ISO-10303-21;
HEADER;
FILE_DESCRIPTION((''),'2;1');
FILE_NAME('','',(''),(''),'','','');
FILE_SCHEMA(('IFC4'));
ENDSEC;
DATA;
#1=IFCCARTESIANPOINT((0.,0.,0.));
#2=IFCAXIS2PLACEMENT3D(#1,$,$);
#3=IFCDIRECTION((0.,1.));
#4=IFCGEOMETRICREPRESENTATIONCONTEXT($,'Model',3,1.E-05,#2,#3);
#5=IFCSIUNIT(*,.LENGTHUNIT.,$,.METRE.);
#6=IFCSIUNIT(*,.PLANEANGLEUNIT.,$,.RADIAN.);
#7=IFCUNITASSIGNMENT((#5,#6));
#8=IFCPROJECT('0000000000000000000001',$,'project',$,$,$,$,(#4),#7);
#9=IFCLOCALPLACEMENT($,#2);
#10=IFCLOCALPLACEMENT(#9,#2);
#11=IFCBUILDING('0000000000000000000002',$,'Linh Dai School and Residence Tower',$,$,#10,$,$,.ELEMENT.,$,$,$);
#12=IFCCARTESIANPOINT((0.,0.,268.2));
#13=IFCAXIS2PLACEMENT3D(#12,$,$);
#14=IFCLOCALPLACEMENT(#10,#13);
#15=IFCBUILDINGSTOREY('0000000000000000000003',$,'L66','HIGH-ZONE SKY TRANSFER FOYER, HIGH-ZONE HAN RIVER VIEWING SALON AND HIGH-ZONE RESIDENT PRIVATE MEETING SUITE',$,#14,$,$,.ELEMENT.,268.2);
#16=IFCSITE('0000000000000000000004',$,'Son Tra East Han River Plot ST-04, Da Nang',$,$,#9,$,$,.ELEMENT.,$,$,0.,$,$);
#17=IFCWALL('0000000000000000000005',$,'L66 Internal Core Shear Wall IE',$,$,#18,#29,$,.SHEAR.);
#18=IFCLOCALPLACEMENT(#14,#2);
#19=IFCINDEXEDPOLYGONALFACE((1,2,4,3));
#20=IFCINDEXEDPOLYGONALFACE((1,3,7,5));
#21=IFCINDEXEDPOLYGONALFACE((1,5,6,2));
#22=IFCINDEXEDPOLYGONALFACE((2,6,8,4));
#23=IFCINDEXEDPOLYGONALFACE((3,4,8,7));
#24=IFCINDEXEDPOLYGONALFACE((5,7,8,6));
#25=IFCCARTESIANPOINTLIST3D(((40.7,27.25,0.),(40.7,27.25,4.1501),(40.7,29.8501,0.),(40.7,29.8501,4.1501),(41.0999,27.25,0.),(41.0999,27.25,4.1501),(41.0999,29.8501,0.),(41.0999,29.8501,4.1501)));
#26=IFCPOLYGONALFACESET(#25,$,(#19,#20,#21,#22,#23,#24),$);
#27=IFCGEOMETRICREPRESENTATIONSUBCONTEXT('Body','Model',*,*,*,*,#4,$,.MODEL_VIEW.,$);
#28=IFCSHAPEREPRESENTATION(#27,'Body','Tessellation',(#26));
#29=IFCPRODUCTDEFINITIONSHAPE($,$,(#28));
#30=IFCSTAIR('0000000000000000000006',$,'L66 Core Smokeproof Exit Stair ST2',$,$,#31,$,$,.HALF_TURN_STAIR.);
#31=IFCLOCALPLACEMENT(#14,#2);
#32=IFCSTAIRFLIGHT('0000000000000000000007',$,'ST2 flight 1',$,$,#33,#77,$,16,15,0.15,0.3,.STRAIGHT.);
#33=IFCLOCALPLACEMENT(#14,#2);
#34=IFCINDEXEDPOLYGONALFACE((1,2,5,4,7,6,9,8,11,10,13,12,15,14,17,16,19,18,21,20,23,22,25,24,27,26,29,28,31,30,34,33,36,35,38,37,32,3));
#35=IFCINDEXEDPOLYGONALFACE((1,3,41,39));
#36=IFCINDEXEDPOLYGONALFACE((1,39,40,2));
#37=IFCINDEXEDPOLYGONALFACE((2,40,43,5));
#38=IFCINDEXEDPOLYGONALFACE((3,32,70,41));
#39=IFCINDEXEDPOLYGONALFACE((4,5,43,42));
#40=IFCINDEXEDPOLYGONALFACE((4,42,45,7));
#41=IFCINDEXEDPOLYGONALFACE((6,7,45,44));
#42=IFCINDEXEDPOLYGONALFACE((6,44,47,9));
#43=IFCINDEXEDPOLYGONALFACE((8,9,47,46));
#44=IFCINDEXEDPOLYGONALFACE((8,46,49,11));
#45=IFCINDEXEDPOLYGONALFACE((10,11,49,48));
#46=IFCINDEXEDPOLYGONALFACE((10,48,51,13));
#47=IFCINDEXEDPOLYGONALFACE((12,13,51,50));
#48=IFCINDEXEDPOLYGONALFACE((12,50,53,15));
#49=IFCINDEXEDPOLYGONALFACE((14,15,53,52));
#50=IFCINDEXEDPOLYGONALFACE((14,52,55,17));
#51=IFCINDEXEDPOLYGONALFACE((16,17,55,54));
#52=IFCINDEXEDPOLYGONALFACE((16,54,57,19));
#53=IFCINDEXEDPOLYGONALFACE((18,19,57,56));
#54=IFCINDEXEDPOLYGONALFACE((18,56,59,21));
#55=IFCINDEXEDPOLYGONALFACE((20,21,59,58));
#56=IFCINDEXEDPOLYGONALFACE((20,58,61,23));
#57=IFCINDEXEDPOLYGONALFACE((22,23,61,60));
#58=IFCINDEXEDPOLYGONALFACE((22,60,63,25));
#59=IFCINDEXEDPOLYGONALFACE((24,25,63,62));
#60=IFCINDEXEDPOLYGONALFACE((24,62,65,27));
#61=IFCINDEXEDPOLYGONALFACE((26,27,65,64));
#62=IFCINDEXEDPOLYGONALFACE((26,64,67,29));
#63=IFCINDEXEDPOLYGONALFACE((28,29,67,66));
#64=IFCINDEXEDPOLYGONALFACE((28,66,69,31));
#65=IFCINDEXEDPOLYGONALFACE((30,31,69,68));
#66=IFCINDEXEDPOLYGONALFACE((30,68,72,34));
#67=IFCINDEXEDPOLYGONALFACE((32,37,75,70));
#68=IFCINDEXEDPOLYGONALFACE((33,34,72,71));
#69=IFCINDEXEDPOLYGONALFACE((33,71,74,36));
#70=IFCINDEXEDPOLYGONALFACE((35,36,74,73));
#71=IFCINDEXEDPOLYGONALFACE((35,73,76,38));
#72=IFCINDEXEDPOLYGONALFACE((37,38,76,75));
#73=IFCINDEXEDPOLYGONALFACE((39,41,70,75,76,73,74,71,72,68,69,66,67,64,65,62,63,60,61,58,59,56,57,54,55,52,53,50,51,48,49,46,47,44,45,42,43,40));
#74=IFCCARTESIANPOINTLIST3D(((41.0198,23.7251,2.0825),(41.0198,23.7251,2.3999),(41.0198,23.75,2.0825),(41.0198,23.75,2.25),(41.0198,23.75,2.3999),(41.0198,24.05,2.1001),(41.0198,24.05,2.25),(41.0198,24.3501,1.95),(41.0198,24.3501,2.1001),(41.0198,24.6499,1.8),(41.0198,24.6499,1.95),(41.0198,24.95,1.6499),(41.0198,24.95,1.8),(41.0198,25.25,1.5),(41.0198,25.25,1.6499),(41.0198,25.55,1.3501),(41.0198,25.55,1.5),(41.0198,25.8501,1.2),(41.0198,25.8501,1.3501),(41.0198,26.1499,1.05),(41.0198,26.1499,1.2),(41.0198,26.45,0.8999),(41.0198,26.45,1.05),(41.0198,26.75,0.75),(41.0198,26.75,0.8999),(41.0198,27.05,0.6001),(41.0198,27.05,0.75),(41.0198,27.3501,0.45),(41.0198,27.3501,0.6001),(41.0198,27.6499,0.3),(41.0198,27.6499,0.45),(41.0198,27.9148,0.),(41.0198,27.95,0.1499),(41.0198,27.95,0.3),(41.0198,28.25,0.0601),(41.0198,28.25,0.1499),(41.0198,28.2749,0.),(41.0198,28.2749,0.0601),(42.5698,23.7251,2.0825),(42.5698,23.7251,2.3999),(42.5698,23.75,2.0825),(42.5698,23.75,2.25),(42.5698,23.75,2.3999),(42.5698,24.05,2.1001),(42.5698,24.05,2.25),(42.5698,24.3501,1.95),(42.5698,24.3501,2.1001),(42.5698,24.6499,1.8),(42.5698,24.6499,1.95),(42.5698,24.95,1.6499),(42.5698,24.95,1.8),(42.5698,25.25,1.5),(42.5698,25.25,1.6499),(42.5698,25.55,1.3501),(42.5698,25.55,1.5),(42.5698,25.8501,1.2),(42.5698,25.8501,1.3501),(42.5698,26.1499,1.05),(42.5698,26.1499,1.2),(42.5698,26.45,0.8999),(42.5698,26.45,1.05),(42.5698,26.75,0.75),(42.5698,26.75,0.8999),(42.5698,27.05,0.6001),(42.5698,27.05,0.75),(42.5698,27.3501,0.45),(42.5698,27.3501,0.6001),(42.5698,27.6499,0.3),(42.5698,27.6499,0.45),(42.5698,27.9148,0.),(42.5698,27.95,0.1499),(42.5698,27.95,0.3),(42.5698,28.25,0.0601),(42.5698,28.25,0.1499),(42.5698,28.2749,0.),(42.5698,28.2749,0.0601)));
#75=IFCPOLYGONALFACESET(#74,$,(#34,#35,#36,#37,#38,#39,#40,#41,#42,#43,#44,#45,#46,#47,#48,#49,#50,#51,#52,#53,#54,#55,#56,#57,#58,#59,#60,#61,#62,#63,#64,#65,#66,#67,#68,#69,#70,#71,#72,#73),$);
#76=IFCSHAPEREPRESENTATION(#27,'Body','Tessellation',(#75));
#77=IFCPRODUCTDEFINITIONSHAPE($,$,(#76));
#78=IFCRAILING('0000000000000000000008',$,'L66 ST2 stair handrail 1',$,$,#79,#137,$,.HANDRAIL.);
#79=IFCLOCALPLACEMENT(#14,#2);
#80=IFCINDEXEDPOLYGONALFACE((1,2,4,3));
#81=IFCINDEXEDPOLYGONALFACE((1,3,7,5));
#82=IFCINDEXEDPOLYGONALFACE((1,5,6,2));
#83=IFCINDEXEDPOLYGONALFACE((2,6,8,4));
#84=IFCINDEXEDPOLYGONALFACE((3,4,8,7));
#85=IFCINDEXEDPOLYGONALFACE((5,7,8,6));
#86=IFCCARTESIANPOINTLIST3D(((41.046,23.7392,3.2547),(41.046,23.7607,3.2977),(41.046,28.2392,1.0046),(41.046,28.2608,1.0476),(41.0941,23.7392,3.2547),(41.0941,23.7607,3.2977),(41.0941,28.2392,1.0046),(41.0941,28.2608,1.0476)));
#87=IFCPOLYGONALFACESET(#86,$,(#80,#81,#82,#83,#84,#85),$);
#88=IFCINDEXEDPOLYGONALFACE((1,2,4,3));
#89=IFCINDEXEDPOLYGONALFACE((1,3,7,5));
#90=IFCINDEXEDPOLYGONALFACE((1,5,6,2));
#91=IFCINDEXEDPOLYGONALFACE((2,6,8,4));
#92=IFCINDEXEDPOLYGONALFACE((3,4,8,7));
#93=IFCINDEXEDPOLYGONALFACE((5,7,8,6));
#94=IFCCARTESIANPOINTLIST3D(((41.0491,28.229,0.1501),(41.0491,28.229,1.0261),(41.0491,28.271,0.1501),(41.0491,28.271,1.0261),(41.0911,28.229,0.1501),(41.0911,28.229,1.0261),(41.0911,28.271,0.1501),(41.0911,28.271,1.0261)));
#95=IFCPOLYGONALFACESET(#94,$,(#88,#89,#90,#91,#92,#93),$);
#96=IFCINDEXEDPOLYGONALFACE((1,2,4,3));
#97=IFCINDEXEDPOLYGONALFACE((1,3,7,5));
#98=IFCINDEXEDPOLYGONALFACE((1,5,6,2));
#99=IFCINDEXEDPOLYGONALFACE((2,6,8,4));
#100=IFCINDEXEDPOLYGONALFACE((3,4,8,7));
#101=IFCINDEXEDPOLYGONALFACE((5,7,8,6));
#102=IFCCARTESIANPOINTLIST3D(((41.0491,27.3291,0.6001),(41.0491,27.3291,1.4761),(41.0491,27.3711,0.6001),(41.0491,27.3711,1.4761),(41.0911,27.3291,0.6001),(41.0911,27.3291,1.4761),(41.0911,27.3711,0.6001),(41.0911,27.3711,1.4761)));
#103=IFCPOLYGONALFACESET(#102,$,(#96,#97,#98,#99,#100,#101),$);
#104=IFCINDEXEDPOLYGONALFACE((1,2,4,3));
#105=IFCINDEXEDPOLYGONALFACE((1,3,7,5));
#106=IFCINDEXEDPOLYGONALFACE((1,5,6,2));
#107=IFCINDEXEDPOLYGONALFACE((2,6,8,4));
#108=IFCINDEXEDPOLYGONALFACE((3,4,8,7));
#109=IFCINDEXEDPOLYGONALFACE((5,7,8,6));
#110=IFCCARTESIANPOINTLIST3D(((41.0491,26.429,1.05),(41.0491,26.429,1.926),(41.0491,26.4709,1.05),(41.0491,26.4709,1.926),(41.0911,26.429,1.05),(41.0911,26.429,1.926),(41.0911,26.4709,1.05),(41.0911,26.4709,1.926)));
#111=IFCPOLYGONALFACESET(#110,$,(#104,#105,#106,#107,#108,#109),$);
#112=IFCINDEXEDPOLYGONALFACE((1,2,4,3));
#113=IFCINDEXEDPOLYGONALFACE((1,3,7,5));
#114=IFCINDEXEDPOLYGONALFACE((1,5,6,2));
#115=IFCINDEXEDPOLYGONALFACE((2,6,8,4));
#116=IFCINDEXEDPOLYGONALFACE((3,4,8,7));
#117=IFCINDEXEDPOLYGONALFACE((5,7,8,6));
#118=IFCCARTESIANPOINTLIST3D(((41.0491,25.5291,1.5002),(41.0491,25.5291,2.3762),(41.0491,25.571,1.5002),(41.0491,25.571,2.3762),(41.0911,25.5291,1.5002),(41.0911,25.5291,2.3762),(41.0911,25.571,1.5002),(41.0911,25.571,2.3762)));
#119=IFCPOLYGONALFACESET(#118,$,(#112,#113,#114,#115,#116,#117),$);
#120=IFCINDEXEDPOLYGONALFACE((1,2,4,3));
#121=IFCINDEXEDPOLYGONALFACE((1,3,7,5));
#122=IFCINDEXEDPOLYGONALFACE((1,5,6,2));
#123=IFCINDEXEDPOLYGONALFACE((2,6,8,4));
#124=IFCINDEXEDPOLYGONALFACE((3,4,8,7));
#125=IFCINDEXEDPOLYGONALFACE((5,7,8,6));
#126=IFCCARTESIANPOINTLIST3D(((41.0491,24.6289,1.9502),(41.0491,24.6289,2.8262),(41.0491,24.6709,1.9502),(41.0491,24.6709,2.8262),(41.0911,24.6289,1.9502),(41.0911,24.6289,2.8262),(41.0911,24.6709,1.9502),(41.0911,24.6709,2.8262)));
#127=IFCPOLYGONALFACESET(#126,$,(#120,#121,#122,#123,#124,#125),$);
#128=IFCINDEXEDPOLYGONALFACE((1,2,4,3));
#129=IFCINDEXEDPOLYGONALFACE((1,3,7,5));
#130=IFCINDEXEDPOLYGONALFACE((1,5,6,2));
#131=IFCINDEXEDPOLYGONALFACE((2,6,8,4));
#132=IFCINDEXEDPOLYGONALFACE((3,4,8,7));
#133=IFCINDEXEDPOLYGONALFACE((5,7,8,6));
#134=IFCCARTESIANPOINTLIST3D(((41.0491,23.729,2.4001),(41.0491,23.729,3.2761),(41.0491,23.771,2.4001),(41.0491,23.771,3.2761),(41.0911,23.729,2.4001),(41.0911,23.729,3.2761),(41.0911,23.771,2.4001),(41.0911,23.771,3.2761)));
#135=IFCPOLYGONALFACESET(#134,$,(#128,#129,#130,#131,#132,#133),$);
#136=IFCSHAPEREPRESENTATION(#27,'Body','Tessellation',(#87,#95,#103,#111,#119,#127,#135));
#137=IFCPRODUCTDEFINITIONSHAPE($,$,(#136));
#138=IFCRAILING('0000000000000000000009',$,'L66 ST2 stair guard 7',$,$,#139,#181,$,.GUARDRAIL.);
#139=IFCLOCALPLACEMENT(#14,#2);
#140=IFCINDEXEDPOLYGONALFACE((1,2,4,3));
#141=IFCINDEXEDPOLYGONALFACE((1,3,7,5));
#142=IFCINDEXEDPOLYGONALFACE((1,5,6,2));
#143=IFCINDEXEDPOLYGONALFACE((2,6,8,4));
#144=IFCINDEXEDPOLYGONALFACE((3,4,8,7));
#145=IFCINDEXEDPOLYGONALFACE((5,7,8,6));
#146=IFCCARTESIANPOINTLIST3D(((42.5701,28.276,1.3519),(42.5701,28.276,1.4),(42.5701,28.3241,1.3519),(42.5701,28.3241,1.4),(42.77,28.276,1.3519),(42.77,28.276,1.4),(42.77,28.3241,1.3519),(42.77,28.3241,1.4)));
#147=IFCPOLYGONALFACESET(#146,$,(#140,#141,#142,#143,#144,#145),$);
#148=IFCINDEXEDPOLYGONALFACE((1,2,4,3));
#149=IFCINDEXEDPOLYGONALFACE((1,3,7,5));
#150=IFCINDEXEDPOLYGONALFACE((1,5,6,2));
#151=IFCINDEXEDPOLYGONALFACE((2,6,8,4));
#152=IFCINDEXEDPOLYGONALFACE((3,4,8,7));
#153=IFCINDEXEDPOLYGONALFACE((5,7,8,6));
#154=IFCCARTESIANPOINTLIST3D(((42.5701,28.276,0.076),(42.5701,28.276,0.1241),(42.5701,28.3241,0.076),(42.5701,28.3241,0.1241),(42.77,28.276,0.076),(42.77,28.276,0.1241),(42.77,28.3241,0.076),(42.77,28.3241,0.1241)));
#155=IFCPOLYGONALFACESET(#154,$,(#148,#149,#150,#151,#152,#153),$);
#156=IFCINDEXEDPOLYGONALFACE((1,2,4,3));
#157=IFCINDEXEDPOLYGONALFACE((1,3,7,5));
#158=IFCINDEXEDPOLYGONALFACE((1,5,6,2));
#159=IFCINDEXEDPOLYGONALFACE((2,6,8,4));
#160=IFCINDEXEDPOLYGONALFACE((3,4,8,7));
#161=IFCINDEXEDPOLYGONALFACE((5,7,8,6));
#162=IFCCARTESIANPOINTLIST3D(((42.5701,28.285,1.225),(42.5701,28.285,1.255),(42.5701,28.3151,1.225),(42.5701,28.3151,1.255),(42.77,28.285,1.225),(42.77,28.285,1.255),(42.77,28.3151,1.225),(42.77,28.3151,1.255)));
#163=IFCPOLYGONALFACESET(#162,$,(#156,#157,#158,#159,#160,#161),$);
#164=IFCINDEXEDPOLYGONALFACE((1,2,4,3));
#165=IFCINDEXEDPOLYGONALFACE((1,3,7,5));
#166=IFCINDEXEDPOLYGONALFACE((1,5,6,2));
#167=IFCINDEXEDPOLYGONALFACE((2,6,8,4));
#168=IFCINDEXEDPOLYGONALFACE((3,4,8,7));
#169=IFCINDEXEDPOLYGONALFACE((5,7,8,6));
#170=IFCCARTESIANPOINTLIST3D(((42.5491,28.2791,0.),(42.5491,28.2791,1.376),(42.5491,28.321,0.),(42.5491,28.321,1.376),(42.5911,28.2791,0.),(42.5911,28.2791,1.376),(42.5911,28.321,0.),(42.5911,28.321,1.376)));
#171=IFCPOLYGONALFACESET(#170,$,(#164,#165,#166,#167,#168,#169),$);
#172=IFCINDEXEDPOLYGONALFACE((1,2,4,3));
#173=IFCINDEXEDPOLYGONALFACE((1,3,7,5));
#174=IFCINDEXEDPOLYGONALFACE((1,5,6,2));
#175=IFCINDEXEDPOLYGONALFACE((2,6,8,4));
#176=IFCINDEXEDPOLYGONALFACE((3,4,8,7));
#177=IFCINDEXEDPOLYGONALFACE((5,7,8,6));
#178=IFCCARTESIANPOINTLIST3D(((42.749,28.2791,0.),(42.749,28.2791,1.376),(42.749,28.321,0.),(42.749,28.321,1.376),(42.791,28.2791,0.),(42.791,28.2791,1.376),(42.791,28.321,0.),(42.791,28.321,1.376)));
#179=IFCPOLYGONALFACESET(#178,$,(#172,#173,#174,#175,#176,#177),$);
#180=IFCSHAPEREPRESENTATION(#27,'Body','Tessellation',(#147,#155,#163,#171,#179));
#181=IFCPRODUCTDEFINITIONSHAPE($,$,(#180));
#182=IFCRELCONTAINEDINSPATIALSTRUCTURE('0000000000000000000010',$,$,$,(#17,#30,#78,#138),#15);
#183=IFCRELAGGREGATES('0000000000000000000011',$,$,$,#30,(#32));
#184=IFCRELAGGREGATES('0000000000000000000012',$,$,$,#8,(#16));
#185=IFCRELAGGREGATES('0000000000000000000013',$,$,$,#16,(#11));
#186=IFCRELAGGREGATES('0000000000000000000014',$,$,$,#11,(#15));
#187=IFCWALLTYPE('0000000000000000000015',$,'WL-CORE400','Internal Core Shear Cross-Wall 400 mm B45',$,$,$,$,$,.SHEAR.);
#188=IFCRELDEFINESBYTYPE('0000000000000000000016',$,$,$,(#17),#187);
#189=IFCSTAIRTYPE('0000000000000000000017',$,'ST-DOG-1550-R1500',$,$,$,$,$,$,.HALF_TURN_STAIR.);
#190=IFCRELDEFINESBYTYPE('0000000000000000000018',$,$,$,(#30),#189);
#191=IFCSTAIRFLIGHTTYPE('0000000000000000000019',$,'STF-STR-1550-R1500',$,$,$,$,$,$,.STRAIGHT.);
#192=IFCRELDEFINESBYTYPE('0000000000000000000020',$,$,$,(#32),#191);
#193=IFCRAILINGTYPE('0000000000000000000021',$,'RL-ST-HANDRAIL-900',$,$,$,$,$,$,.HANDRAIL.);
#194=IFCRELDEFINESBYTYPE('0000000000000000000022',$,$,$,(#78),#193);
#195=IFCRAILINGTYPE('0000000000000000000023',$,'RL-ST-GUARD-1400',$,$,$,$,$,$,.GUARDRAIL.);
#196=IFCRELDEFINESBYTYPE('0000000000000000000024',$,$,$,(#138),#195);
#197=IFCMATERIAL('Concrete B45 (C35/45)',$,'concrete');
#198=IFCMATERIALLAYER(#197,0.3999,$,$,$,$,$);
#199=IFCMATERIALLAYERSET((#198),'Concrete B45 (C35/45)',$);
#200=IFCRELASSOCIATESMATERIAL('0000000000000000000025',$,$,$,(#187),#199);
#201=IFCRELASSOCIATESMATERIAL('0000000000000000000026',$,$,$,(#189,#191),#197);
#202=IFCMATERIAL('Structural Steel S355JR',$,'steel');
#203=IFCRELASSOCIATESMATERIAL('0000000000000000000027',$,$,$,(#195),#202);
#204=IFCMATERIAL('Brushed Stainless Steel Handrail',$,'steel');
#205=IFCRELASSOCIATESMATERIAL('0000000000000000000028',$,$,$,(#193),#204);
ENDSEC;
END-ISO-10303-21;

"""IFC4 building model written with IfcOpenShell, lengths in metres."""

from ifc_helpers import new_model, si_unit, direction, frame, frame_2d, origin, origin_2d, place, context, subcontext, project, spatial, polyline, rectangle, outline, extrude, source, transform, mapped, material, layer, layer_set, type_object, element, aggregate, save


model = new_model("IFC4")

# Units and contexts
model_context = context("Model", 3, precision=1e-05, world=origin(), true_north=direction((0.0, 1.0)))
body_context = subcontext(model_context, "Body", "Model", "MODEL_VIEW")
ifc_project = project(units=[si_unit("LENGTHUNIT", "METRE"), si_unit("PLANEANGLEUNIT", "RADIAN")], contexts=[model_context])

# Site, building, storey
site_placement = place(None, origin())
site = spatial("IfcSite", under=ifc_project, at=site_placement, Name="Son Tra East Han River Plot ST-04, Da Nang", CompositionType="ELEMENT", RefElevation=0.0)
building_placement = place(site_placement, origin())
building = spatial("IfcBuilding", under=site, at=building_placement, Name="Linh Dai School and Residence Tower", CompositionType="ELEMENT")
storey_placement = place(building_placement, frame((0.0, 0.0, 268.2)))
storey = spatial("IfcBuildingStorey", under=building, at=storey_placement, Name="L66", Description="HIGH-ZONE SKY TRANSFER FOYER, HIGH-ZONE HAN RIVER VIEWING SALON AND HIGH-ZONE RESIDENT PRIVATE MEETING SUITE", CompositionType="ELEMENT", Elevation=268.2)

# Shared definitions
ifc_material_1 = material(Name="Structural Steel S355JR", Category="steel")

# Shared definitions
ifc_material_2 = material(Name="Concrete B45 (C35/45)", Category="concrete")

# Wall
ifc_layer_1 = layer(ifc_material_2, 0.3999)
ifc_layer_set_1 = layer_set([ifc_layer_1], Name="Concrete B45 (C35/45)")
wall_type_1 = type_object("IfcWallType", Name="WL-CORE400", Description="Internal Core Shear Cross-Wall 400 mm B45", PredefinedType="SHEAR", material=ifc_layer_set_1)
wall_1_placement = place(storey_placement, frame((40.8999, 27.25, 0.0), z_axis=(0.0, 0.0, 1.0), x_axis=(0.0, 1.0, 0.0)))
element("IfcWall", 1, at=wall_1_placement, inside=storey, type_object=wall_type_1, Name="L66 Internal Core Shear Wall IE", PredefinedType="SHEAR", context=body_context, shape_type="SweptSolid", body=[
    extrude(rectangle(XDim=2.6001, YDim=0.3999, at=frame_2d((1.3, 0.0))), origin(), (0.0, 0.0, 1.0), 4.1501),
])

# Stair, stair flight
stair_type = type_object("IfcStairType", Name="ST-DOG-1550-R1500", PredefinedType="HALF_TURN_STAIR", material=ifc_material_2)
stair_placement = place(storey_placement, origin())
stair = element("IfcStair", 2, at=stair_placement, inside=storey, type_object=stair_type, Name="L66 Core Smokeproof Exit Stair ST2", PredefinedType="HALF_TURN_STAIR")
stair_flight_type = type_object("IfcStairFlightType", Name="STF-STR-1550-R1500", PredefinedType="STRAIGHT", material=ifc_material_2)
shared_shape_1 = source(origin(), body_context, "Body", "SweptSolid", [
    extrude(outline(polyline([(-0.0249, 0.0), (-0.0249, 0.0601), (0.0, 0.0601), (0.0, 0.1499), (0.3, 0.1499), (0.3, 0.3), (0.6001, 0.3), (0.6001, 0.45), (0.8999, 0.45), (0.8999, 0.6001), (1.2, 0.6001), (1.2, 0.75), (1.5, 0.75), (1.5, 0.8999), (1.8, 0.8999), (1.8, 1.05), (2.1001, 1.05), (2.1001, 1.2), (2.3999, 1.2), (2.3999, 1.3501), (2.7, 1.3501), (2.7, 1.5), (3.0, 1.5), (3.0, 1.6499), (3.3, 1.6499), (3.3, 1.8), (3.6001, 1.8), (3.6001, 1.95), (3.8999, 1.95), (3.8999, 2.1001), (4.2, 2.1001), (4.2, 2.25), (4.5, 2.25), (4.5, 2.3999), (4.5249, 2.3999), (4.5249, 2.0825), (4.5, 2.0825), (0.3352, 0.0), (-0.0249, 0.0)])), frame((0.0, 0.7749, 0.0), z_axis=(0.0, -1.0, 0.0), x_axis=(1.0, 0.0, 0.0)), (0.0, 0.0, 1.0), 1.55),
])
stair_flight_placement = place(storey_placement, frame((41.7949, 28.25, 0.0), z_axis=(0.0, 0.0, 1.0), x_axis=(0.0, -1.0, 0.0)))
stair_flight = element("IfcStairFlight", 3, at=stair_flight_placement, type_object=stair_flight_type, Name="ST2 flight 1", NumberOfRisers=16, NumberOfTreads=15, PredefinedType="STRAIGHT", RiserHeight=0.15, TreadLength=0.3, context=body_context, shape_type="MappedRepresentation", body=[
    mapped(shared_shape_1, transform((0.0, 0.0, 0.0), x_axis=(1.0, 0.0, 0.0), y_axis=(0.0, 1.0, 0.0), z_axis=(0.0, 0.0, 1.0), scale=1.0)),
])
aggregate(stair, [stair_flight])

# Railings
railing_type_1 = type_object("IfcRailingType", Name="RL-ST-GUARD-1400", PredefinedType="GUARDRAIL", material=ifc_material_1)
ifc_material_3 = material(Name="Brushed Stainless Steel Handrail", Category="steel")
railing_type_2 = type_object("IfcRailingType", Name="RL-ST-HANDRAIL-900", PredefinedType="HANDRAIL", material=ifc_material_3)
shared_shape_2 = source(origin(), body_context, "Body", "SweptSolid", [
    extrude(rectangle(XDim=0.0481, YDim=0.0481, at=origin_2d()), frame((0.0, 0.0, 0.876), z_axis=(0.0, -0.894427, 0.447214), x_axis=(1.0, 0.0, 0.0)), (0.0, 0.0, 1.0), 5.0312),
    extrude(rectangle(XDim=0.042, YDim=0.042, at=origin_2d()), origin(), (0.0, 0.0, 1.0), 0.876),
    extrude(rectangle(XDim=0.042, YDim=0.042, at=origin_2d()), frame((0.0, -0.8999, 0.45)), (0.0, 0.0, 1.0), 0.876),
    extrude(rectangle(XDim=0.042, YDim=0.042, at=origin_2d()), frame((0.0, -1.8, 0.8999)), (0.0, 0.0, 1.0), 0.876),
    extrude(rectangle(XDim=0.042, YDim=0.042, at=origin_2d()), frame((0.0, -2.7, 1.3501)), (0.0, 0.0, 1.0), 0.876),
    extrude(rectangle(XDim=0.042, YDim=0.042, at=origin_2d()), frame((0.0, -3.6001, 1.8)), (0.0, 0.0, 1.0), 0.876),
    extrude(rectangle(XDim=0.042, YDim=0.042, at=origin_2d()), frame((0.0, -4.5, 2.25)), (0.0, 0.0, 1.0), 0.876),
])
railing_1_placement = place(storey_placement, frame((41.0701, 28.25, 0.1501)))
element("IfcRailing", 4, at=railing_1_placement, inside=storey, type_object=railing_type_2, Name="L66 ST2 stair handrail 1", PredefinedType="HANDRAIL", context=body_context, shape_type="MappedRepresentation", body=[
    mapped(shared_shape_2, transform((0.0, 0.0, 0.0), x_axis=(1.0, 0.0, 0.0), y_axis=(0.0, 1.0, 0.0), z_axis=(0.0, 0.0, 1.0), scale=1.0)),
])
shared_shape_3 = source(origin(), body_context, "Body", "SweptSolid", [
    extrude(rectangle(XDim=0.0481, YDim=0.0481, at=origin_2d()), frame((0.0, 0.0, 1.376), z_axis=(1.0, 0.0, 0.0), x_axis=(0.0, 1.0, 0.0)), (0.0, 0.0, 1.0), 0.2),
    extrude(rectangle(XDim=0.0481, YDim=0.0481, at=origin_2d()), frame((0.0, 0.0, 0.1001), z_axis=(1.0, 0.0, 0.0), x_axis=(0.0, 1.0, 0.0)), (0.0, 0.0, 1.0), 0.2),
    extrude(rectangle(XDim=0.03, YDim=0.03, at=origin_2d()), frame((0.0, 0.0, 1.24), z_axis=(1.0, 0.0, 0.0), x_axis=(0.0, 1.0, 0.0)), (0.0, 0.0, 1.0), 0.2),
    extrude(rectangle(XDim=0.042, YDim=0.042, at=origin_2d()), origin(), (0.0, 0.0, 1.0), 1.376),
    extrude(rectangle(XDim=0.042, YDim=0.042, at=origin_2d()), frame((0.2, 0.0, 0.0)), (0.0, 0.0, 1.0), 1.376),
])
railing_2_placement = place(storey_placement, frame((42.5701, 28.3, 0.0)))
element("IfcRailing", 5, at=railing_2_placement, inside=storey, type_object=railing_type_1, Name="L66 ST2 stair guard 7", PredefinedType="GUARDRAIL", context=body_context, shape_type="MappedRepresentation", body=[
    mapped(shared_shape_3, transform((0.0, 0.0, 0.0), x_axis=(1.0, 0.0, 0.0), y_axis=(0.0, 1.0, 0.0), z_axis=(0.0, 0.0, 1.0), scale=1.0)),
])

save(model, "model.ifc")
